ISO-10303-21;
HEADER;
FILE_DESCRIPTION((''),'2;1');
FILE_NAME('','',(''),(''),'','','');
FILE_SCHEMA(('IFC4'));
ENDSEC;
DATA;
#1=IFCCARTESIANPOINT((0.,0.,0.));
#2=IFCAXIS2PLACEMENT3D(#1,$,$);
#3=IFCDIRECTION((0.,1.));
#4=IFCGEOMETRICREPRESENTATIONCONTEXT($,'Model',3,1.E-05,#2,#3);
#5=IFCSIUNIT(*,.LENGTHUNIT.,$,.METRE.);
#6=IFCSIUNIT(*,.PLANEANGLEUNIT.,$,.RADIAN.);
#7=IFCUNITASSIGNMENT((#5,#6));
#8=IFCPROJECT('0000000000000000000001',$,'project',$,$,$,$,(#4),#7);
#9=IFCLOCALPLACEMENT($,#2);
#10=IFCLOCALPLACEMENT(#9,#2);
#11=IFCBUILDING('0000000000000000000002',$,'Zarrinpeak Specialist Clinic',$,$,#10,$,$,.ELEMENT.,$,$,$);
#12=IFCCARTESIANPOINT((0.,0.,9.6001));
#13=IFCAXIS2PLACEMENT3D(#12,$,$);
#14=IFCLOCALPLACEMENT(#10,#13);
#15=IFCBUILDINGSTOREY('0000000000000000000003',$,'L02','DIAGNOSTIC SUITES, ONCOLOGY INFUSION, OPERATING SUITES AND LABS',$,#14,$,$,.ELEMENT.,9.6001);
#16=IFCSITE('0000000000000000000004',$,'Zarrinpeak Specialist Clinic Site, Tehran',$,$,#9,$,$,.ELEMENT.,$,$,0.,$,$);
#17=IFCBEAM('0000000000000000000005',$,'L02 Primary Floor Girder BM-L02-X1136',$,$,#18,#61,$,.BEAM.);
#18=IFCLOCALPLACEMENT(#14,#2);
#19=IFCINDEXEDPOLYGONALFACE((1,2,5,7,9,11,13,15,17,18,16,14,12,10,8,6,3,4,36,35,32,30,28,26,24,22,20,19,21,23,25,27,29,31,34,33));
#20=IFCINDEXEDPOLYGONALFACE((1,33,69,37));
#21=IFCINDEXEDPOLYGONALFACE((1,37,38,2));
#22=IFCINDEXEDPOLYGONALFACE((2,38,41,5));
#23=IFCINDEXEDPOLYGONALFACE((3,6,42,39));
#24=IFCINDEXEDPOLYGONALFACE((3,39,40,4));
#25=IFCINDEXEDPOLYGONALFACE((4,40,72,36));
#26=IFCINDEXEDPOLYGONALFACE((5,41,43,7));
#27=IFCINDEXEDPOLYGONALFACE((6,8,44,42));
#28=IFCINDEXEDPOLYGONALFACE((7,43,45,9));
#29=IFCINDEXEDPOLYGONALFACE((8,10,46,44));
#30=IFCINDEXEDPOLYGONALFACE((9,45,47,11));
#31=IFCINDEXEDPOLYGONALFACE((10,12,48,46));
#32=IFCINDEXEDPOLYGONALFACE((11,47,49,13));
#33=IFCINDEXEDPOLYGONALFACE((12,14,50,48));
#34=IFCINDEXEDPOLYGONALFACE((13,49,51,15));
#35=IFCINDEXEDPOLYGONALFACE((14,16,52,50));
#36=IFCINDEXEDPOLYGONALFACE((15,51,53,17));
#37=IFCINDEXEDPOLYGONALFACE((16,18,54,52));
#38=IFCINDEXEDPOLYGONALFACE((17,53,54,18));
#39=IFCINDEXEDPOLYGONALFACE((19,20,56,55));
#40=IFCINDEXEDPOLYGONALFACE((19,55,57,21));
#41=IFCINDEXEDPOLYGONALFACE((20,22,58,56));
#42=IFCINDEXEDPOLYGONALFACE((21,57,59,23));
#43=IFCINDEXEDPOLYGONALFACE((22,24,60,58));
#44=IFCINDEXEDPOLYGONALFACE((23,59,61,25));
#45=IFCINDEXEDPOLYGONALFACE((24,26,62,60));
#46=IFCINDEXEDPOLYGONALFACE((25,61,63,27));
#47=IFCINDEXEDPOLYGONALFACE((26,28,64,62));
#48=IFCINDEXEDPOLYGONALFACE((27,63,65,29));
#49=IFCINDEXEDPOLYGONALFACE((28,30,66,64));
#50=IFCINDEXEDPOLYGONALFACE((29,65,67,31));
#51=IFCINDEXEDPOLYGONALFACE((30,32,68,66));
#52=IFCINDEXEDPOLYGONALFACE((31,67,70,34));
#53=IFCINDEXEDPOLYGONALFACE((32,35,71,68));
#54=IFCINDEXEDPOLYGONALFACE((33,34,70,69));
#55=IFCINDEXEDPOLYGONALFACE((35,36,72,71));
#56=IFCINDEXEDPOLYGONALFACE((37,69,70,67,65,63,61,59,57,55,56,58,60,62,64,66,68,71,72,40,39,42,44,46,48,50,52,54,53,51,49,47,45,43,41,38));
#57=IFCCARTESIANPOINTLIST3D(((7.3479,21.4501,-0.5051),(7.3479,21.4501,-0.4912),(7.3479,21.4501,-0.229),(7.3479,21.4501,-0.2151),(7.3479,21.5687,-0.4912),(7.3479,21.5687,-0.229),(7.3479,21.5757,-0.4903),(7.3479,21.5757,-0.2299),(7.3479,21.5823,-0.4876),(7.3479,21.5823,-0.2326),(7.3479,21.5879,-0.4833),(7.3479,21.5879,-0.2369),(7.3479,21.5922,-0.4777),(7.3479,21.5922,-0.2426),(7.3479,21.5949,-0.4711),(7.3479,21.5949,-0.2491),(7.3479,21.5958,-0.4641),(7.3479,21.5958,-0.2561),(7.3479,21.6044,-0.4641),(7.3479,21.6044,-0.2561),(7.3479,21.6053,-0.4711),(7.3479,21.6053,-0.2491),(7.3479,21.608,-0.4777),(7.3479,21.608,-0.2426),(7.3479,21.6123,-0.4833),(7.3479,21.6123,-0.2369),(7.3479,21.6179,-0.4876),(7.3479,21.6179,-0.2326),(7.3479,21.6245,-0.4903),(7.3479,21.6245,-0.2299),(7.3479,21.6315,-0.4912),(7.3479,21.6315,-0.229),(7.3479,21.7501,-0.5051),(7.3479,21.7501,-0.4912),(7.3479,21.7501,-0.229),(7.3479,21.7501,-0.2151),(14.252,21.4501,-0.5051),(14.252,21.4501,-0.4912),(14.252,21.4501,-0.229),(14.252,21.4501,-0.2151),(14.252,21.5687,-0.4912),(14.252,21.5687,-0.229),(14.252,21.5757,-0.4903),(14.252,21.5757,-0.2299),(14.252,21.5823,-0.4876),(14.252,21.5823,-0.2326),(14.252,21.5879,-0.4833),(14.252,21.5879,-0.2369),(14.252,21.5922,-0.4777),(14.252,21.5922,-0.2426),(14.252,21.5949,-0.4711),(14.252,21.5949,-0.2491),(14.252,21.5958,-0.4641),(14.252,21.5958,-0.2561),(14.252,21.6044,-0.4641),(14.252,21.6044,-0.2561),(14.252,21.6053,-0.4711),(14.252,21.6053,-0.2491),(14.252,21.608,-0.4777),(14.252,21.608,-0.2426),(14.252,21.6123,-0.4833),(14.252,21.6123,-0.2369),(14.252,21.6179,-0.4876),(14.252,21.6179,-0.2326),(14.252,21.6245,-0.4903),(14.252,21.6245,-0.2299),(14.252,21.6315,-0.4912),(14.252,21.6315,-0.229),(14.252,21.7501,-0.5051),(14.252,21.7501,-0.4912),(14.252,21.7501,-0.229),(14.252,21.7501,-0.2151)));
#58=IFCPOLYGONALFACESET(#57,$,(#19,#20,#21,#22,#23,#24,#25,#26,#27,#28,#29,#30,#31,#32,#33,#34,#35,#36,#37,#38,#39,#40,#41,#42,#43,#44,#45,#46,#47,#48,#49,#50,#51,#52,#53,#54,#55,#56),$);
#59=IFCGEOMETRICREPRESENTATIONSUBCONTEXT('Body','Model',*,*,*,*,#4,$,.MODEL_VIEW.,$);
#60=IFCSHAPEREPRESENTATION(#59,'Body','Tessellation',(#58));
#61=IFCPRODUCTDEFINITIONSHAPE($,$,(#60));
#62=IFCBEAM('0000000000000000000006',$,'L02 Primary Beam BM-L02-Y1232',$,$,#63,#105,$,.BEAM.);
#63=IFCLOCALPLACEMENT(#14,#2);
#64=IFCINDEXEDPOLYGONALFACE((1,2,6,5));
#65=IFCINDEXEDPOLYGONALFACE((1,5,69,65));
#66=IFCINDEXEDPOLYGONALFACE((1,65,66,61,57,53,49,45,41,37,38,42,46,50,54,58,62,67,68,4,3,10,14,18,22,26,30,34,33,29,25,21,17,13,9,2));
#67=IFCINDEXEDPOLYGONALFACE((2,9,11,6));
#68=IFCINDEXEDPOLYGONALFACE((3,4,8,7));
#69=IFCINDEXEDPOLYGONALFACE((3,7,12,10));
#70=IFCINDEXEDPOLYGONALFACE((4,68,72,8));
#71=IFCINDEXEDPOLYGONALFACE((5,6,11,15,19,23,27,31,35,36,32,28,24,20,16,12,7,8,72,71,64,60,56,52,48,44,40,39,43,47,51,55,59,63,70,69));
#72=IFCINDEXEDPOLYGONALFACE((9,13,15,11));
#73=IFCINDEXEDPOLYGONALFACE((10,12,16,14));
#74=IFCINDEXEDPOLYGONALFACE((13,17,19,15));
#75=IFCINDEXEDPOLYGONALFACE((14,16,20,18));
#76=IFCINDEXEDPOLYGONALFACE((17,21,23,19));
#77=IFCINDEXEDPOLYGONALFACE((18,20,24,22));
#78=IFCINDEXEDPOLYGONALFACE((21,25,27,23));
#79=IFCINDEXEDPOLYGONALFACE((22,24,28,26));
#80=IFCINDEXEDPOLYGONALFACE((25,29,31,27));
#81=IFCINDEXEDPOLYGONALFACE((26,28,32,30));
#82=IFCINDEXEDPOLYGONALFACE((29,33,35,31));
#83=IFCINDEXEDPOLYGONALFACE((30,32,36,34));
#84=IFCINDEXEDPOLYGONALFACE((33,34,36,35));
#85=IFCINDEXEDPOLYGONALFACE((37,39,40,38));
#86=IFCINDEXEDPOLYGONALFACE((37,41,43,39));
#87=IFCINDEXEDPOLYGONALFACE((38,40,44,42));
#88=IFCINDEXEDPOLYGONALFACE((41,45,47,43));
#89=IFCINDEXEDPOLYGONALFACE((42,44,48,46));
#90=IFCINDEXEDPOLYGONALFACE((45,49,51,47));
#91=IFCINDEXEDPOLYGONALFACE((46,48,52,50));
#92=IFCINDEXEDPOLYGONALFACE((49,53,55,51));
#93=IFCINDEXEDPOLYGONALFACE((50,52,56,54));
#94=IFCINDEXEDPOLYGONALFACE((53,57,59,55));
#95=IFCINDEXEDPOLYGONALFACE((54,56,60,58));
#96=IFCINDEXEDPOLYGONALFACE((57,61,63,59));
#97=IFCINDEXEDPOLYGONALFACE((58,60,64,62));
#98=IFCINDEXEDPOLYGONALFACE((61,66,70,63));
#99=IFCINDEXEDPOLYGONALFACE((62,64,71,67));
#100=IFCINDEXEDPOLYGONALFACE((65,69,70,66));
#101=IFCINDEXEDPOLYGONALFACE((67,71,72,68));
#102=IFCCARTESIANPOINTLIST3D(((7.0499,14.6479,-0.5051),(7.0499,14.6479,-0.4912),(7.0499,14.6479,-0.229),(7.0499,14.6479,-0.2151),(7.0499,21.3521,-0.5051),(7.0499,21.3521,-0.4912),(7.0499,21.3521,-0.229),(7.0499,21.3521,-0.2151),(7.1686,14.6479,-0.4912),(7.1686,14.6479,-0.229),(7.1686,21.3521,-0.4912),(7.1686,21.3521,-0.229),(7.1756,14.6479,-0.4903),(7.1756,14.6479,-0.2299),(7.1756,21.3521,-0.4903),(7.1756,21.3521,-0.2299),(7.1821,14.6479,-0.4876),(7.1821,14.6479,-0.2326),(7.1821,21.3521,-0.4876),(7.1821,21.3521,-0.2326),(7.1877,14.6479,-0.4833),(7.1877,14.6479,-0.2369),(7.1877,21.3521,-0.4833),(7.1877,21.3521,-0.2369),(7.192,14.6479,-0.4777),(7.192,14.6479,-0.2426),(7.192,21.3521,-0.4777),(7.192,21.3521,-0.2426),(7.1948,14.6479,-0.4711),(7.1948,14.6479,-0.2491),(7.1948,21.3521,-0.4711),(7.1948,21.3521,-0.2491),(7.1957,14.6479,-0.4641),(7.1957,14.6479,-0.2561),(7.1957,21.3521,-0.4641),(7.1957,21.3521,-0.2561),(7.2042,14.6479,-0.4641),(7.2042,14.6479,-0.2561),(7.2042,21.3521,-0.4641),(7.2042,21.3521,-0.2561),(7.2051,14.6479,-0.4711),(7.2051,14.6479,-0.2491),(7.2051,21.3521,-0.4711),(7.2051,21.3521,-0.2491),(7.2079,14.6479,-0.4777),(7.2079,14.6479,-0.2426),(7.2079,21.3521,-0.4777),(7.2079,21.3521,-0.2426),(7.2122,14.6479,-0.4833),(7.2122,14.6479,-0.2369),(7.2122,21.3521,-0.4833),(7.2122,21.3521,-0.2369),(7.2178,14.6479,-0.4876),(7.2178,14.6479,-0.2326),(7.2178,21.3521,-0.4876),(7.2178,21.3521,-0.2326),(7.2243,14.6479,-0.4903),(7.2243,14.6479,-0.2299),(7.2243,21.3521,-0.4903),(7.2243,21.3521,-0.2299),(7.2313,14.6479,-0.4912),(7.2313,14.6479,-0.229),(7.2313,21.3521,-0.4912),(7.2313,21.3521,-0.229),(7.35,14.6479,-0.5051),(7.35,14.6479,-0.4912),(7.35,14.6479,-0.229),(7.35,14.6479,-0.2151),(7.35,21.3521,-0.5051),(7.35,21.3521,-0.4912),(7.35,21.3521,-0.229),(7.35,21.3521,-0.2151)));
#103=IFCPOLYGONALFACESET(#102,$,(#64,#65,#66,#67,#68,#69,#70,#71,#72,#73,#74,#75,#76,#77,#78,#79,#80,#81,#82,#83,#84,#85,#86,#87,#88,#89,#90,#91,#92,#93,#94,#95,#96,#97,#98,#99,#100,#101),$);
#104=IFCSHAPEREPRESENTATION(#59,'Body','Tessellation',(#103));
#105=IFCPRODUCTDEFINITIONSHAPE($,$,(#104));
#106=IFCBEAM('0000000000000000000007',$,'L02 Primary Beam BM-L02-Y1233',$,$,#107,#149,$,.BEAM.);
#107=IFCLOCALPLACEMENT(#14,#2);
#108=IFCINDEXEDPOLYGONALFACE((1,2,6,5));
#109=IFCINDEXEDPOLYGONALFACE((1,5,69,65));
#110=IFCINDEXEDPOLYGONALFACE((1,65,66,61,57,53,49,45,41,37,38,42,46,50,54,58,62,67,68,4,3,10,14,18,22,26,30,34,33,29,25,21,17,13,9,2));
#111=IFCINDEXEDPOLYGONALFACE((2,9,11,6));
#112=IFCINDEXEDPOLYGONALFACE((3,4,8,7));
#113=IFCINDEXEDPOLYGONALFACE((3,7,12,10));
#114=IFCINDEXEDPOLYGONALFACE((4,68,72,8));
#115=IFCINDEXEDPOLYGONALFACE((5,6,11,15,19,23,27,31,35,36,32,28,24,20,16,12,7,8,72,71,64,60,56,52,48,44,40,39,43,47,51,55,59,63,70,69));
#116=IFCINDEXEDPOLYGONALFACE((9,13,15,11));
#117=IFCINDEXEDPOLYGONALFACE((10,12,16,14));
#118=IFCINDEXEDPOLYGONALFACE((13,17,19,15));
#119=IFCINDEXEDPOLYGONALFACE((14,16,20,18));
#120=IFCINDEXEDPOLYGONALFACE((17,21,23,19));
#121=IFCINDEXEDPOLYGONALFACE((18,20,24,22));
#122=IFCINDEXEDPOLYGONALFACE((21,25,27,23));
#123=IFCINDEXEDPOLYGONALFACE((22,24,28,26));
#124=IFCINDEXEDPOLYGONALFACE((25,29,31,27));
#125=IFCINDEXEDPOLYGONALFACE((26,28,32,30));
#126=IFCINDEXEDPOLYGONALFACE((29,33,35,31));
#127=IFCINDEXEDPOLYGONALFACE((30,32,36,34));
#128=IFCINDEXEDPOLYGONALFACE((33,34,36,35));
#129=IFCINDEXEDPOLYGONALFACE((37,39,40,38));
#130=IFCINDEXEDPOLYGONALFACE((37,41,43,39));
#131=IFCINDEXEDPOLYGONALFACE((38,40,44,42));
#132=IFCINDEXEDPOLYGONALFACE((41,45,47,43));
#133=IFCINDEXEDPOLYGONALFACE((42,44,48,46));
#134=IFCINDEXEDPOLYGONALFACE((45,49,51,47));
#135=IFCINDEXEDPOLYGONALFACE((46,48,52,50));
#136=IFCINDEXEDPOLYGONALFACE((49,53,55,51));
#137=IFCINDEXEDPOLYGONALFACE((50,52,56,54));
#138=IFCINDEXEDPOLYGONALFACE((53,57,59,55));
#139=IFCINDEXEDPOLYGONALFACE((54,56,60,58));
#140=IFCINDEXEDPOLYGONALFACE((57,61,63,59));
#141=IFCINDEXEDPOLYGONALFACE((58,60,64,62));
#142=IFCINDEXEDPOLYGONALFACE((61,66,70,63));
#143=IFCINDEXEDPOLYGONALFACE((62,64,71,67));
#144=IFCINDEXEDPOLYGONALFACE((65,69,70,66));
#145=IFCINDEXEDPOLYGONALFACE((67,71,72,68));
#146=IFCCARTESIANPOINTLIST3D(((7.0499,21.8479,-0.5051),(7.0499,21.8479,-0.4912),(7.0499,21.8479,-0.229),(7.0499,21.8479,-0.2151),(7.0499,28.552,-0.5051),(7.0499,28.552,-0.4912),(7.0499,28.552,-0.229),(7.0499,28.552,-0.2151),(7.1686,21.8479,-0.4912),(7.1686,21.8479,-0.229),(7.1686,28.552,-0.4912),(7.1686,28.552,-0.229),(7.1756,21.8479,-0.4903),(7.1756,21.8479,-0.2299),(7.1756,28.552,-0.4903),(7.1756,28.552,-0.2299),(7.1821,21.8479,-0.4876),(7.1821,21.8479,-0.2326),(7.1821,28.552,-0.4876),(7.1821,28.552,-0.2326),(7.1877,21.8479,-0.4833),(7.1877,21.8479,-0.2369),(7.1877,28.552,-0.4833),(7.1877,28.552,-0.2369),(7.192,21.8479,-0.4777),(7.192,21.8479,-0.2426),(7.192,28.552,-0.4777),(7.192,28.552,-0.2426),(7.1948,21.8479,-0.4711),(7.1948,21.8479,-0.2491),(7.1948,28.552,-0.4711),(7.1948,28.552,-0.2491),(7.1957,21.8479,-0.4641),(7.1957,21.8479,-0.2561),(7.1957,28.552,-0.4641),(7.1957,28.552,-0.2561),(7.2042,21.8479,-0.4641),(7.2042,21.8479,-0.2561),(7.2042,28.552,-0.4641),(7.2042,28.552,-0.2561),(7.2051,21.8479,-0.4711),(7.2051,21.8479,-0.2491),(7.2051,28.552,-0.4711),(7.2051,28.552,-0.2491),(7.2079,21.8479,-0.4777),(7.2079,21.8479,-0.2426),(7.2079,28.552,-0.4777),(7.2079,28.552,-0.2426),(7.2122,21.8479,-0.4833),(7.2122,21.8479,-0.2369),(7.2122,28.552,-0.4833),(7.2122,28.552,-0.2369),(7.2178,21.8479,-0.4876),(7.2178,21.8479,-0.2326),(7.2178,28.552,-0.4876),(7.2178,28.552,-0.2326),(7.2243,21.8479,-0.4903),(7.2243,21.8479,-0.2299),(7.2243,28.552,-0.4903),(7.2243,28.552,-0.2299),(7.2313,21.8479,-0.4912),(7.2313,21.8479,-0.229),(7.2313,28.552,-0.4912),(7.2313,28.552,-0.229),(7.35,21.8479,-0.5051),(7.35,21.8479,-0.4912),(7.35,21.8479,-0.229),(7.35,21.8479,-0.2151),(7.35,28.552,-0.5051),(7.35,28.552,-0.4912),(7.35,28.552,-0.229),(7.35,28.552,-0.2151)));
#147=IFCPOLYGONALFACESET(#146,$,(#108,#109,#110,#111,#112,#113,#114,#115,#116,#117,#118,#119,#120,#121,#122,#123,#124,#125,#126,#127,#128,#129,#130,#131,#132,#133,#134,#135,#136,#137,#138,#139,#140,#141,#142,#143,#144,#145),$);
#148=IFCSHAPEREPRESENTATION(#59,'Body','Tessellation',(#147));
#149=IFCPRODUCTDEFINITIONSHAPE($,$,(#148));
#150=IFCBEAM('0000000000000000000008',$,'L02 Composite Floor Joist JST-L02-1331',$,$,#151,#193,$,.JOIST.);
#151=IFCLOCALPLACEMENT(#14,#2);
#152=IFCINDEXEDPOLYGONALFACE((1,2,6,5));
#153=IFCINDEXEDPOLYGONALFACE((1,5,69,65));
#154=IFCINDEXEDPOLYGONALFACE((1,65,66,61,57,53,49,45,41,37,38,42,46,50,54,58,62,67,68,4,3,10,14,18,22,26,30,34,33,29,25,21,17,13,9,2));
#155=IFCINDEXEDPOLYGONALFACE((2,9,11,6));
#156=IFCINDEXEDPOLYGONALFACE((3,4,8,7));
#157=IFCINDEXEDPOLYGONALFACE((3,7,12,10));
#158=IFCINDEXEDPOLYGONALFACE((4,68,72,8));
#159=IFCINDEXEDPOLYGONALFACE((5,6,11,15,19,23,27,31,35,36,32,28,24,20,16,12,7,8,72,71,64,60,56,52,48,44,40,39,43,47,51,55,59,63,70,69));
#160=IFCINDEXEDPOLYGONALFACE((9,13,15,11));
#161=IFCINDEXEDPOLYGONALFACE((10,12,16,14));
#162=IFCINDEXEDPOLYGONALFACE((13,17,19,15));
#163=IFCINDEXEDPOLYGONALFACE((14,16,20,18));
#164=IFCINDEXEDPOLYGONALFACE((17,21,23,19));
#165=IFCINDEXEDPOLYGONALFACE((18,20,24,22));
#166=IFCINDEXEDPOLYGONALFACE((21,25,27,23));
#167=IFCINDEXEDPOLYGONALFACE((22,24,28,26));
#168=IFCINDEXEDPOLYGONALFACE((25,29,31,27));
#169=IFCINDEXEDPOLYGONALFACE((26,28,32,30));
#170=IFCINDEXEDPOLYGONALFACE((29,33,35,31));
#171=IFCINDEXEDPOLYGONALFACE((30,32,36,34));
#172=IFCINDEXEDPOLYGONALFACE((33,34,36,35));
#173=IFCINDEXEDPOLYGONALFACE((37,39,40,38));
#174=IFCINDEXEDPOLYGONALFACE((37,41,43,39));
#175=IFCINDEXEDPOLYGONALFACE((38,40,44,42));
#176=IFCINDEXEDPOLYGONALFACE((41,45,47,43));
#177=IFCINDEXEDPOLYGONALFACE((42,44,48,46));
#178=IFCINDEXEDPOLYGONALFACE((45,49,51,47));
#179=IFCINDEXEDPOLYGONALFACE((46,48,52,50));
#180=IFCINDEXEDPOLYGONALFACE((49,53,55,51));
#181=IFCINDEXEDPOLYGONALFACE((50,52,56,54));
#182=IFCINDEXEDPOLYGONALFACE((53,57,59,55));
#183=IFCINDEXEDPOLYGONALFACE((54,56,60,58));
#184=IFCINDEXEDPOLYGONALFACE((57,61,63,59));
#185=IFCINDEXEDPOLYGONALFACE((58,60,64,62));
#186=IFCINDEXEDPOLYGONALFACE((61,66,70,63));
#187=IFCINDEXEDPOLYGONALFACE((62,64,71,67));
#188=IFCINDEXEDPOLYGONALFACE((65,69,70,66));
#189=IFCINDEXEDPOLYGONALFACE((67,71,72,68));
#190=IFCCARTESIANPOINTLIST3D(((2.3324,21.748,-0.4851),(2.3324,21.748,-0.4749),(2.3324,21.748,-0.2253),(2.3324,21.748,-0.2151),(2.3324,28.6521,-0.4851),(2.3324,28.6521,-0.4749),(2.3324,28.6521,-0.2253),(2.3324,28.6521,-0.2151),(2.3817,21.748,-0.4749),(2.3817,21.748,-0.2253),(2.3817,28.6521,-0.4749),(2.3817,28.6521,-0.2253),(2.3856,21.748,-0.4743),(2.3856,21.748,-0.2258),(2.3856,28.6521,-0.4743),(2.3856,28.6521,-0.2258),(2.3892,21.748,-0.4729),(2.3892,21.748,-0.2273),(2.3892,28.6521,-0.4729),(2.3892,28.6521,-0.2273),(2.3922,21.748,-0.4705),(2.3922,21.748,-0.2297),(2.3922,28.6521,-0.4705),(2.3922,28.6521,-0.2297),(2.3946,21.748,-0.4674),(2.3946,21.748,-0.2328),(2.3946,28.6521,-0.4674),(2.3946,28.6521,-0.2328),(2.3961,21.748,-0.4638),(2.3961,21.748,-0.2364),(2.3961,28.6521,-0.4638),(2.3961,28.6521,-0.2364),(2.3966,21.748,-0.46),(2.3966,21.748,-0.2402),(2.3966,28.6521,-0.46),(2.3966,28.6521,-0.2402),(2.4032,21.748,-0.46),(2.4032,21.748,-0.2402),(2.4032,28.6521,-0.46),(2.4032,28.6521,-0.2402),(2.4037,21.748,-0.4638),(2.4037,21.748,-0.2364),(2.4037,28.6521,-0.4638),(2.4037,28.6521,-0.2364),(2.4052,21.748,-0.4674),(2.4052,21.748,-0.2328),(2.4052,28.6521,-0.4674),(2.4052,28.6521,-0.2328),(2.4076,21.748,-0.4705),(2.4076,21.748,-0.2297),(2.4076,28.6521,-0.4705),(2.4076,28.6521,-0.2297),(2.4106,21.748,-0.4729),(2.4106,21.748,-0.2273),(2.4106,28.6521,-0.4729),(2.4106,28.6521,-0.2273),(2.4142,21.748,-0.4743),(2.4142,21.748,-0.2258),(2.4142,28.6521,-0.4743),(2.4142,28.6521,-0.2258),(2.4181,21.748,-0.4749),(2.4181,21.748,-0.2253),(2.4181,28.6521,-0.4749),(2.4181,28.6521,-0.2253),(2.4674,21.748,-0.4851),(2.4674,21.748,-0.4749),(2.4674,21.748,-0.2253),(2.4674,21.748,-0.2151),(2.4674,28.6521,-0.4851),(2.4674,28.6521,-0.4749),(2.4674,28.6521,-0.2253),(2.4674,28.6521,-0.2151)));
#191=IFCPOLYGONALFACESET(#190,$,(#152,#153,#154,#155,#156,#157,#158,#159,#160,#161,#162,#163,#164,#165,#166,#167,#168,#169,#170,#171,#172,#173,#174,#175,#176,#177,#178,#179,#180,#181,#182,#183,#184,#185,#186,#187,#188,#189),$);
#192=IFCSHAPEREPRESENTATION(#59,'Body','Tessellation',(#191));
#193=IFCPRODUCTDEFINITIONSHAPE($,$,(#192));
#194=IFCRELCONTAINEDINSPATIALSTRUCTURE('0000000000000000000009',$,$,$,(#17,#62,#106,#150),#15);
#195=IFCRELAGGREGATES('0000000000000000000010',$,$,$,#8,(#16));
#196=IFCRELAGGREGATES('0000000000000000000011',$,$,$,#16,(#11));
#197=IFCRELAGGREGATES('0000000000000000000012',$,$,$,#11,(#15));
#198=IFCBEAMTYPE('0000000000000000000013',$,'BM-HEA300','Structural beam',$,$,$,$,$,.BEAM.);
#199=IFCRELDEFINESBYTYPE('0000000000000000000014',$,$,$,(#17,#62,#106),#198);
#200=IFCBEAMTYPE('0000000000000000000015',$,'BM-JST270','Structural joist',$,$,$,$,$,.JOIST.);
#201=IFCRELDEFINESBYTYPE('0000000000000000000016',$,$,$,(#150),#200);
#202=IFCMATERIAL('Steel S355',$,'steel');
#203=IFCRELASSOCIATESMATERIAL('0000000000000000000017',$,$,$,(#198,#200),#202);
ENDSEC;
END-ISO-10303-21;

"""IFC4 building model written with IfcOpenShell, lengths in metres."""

from ifc_helpers import new_model, si_unit, direction, frame, origin, origin_2d, place, context, subcontext, project, spatial, i_section, extrude, material, material_profile, profile_set, type_object, element, save


model = new_model("IFC4")

# Units and contexts
model_context = context("Model", 3, precision=1e-05, world=origin(), true_north=direction((0.0, 1.0)))
body_context = subcontext(model_context, "Body", "Model", "MODEL_VIEW")
ifc_project = project(units=[si_unit("LENGTHUNIT", "METRE"), si_unit("PLANEANGLEUNIT", "RADIAN")], contexts=[model_context])

# Site, building, storey
site_placement = place(None, origin())
site = spatial("IfcSite", under=ifc_project, at=site_placement, Name="Zarrinpeak Specialist Clinic Site, Tehran", CompositionType="ELEMENT", RefElevation=0.0)
building_placement = place(site_placement, origin())
building = spatial("IfcBuilding", under=site, at=building_placement, Name="Zarrinpeak Specialist Clinic", CompositionType="ELEMENT")
storey_placement = place(building_placement, frame((0.0, 0.0, 9.6001)))
storey = spatial("IfcBuildingStorey", under=building, at=storey_placement, Name="L02", Description="DIAGNOSTIC SUITES, ONCOLOGY INFUSION, OPERATING SUITES AND LABS", CompositionType="ELEMENT", Elevation=9.6001)

# Shared definitions
ifc_material_1 = material(Name="Steel S355", Category="steel")

# Beams
ifc_material_profile_1 = material_profile(ifc_material_1, i_section(OverallWidth=0.3, OverallDepth=0.29, WebThickness=0.0085, FlangeThickness=0.0139, FilletRadius=0.0271, at=origin_2d()), Name="HEA 300")
ifc_profile_set_1 = profile_set([ifc_material_profile_1], Name="Steel S355")
beam_type_1 = type_object("IfcBeamType", Name="BM-HEA300", Description="Structural beam", PredefinedType="BEAM", material=ifc_profile_set_1)
for number, where, z_axis, x_axis, name in (
    (1, (7.3479, 21.6001, -0.3601), (1.0, 0.0, 0.0), (0.0, 1.0, 0.0), "L02 Primary Floor Girder BM-L02-X1136"),
):
    element("IfcBeam", number, at=place(storey_placement, frame(where, z_axis=z_axis, x_axis=x_axis)), inside=storey, type_object=beam_type_1, Name=name, PredefinedType="BEAM", context=body_context, shape_type="SweptSolid", body=[
        extrude(i_section(OverallWidth=0.3, OverallDepth=0.29, WebThickness=0.0085, FlangeThickness=0.0139, FilletRadius=0.0271, at=origin_2d()), origin(), (0.0, 0.0, 1.0), 6.9041),
    ])
for number, where, z_axis, x_axis, name in (
    (2, (7.2, 14.6479, -0.3601), (0.0, 1.0, 0.0), (-1.0, 0.0, 0.0), "L02 Primary Beam BM-L02-Y1232"),
    (3, (7.2, 21.8479, -0.3601), (0.0, 1.0, 0.0), (-1.0, 0.0, 0.0), "L02 Primary Beam BM-L02-Y1233"),
):
    element("IfcBeam", number, at=place(storey_placement, frame(where, z_axis=z_axis, x_axis=x_axis)), inside=storey, type_object=beam_type_1, Name=name, PredefinedType="BEAM", context=body_context, shape_type="SweptSolid", body=[
        extrude(i_section(OverallWidth=0.3, OverallDepth=0.29, WebThickness=0.0085, FlangeThickness=0.0139, FilletRadius=0.0271, at=origin_2d()), origin(), (0.0, 0.0, 1.0), 6.7041),
    ])
ifc_material_profile_2 = material_profile(ifc_material_1, i_section(OverallWidth=0.135, OverallDepth=0.27, WebThickness=0.0066, FlangeThickness=0.0103, FilletRadius=0.0149, at=origin_2d()), Name="IPE 270")
ifc_profile_set_2 = profile_set([ifc_material_profile_2], Name="Steel S355")
beam_type_2 = type_object("IfcBeamType", Name="BM-JST270", Description="Structural joist", PredefinedType="JOIST", material=ifc_profile_set_2)
for number, where, z_axis, x_axis, name in (
    (4, (2.3999, 21.748, -0.3501), (0.0, 1.0, 0.0), (-1.0, 0.0, 0.0), "L02 Composite Floor Joist JST-L02-1331"),
):
    element("IfcBeam", number, at=place(storey_placement, frame(where, z_axis=z_axis, x_axis=x_axis)), inside=storey, type_object=beam_type_2, Name=name, PredefinedType="JOIST", context=body_context, shape_type="SweptSolid", body=[
        extrude(i_section(OverallWidth=0.135, OverallDepth=0.27, WebThickness=0.0066, FlangeThickness=0.0103, FilletRadius=0.0149, at=origin_2d()), origin(), (0.0, 0.0, 1.0), 6.9041),
    ])

save(model, "model.ifc")
